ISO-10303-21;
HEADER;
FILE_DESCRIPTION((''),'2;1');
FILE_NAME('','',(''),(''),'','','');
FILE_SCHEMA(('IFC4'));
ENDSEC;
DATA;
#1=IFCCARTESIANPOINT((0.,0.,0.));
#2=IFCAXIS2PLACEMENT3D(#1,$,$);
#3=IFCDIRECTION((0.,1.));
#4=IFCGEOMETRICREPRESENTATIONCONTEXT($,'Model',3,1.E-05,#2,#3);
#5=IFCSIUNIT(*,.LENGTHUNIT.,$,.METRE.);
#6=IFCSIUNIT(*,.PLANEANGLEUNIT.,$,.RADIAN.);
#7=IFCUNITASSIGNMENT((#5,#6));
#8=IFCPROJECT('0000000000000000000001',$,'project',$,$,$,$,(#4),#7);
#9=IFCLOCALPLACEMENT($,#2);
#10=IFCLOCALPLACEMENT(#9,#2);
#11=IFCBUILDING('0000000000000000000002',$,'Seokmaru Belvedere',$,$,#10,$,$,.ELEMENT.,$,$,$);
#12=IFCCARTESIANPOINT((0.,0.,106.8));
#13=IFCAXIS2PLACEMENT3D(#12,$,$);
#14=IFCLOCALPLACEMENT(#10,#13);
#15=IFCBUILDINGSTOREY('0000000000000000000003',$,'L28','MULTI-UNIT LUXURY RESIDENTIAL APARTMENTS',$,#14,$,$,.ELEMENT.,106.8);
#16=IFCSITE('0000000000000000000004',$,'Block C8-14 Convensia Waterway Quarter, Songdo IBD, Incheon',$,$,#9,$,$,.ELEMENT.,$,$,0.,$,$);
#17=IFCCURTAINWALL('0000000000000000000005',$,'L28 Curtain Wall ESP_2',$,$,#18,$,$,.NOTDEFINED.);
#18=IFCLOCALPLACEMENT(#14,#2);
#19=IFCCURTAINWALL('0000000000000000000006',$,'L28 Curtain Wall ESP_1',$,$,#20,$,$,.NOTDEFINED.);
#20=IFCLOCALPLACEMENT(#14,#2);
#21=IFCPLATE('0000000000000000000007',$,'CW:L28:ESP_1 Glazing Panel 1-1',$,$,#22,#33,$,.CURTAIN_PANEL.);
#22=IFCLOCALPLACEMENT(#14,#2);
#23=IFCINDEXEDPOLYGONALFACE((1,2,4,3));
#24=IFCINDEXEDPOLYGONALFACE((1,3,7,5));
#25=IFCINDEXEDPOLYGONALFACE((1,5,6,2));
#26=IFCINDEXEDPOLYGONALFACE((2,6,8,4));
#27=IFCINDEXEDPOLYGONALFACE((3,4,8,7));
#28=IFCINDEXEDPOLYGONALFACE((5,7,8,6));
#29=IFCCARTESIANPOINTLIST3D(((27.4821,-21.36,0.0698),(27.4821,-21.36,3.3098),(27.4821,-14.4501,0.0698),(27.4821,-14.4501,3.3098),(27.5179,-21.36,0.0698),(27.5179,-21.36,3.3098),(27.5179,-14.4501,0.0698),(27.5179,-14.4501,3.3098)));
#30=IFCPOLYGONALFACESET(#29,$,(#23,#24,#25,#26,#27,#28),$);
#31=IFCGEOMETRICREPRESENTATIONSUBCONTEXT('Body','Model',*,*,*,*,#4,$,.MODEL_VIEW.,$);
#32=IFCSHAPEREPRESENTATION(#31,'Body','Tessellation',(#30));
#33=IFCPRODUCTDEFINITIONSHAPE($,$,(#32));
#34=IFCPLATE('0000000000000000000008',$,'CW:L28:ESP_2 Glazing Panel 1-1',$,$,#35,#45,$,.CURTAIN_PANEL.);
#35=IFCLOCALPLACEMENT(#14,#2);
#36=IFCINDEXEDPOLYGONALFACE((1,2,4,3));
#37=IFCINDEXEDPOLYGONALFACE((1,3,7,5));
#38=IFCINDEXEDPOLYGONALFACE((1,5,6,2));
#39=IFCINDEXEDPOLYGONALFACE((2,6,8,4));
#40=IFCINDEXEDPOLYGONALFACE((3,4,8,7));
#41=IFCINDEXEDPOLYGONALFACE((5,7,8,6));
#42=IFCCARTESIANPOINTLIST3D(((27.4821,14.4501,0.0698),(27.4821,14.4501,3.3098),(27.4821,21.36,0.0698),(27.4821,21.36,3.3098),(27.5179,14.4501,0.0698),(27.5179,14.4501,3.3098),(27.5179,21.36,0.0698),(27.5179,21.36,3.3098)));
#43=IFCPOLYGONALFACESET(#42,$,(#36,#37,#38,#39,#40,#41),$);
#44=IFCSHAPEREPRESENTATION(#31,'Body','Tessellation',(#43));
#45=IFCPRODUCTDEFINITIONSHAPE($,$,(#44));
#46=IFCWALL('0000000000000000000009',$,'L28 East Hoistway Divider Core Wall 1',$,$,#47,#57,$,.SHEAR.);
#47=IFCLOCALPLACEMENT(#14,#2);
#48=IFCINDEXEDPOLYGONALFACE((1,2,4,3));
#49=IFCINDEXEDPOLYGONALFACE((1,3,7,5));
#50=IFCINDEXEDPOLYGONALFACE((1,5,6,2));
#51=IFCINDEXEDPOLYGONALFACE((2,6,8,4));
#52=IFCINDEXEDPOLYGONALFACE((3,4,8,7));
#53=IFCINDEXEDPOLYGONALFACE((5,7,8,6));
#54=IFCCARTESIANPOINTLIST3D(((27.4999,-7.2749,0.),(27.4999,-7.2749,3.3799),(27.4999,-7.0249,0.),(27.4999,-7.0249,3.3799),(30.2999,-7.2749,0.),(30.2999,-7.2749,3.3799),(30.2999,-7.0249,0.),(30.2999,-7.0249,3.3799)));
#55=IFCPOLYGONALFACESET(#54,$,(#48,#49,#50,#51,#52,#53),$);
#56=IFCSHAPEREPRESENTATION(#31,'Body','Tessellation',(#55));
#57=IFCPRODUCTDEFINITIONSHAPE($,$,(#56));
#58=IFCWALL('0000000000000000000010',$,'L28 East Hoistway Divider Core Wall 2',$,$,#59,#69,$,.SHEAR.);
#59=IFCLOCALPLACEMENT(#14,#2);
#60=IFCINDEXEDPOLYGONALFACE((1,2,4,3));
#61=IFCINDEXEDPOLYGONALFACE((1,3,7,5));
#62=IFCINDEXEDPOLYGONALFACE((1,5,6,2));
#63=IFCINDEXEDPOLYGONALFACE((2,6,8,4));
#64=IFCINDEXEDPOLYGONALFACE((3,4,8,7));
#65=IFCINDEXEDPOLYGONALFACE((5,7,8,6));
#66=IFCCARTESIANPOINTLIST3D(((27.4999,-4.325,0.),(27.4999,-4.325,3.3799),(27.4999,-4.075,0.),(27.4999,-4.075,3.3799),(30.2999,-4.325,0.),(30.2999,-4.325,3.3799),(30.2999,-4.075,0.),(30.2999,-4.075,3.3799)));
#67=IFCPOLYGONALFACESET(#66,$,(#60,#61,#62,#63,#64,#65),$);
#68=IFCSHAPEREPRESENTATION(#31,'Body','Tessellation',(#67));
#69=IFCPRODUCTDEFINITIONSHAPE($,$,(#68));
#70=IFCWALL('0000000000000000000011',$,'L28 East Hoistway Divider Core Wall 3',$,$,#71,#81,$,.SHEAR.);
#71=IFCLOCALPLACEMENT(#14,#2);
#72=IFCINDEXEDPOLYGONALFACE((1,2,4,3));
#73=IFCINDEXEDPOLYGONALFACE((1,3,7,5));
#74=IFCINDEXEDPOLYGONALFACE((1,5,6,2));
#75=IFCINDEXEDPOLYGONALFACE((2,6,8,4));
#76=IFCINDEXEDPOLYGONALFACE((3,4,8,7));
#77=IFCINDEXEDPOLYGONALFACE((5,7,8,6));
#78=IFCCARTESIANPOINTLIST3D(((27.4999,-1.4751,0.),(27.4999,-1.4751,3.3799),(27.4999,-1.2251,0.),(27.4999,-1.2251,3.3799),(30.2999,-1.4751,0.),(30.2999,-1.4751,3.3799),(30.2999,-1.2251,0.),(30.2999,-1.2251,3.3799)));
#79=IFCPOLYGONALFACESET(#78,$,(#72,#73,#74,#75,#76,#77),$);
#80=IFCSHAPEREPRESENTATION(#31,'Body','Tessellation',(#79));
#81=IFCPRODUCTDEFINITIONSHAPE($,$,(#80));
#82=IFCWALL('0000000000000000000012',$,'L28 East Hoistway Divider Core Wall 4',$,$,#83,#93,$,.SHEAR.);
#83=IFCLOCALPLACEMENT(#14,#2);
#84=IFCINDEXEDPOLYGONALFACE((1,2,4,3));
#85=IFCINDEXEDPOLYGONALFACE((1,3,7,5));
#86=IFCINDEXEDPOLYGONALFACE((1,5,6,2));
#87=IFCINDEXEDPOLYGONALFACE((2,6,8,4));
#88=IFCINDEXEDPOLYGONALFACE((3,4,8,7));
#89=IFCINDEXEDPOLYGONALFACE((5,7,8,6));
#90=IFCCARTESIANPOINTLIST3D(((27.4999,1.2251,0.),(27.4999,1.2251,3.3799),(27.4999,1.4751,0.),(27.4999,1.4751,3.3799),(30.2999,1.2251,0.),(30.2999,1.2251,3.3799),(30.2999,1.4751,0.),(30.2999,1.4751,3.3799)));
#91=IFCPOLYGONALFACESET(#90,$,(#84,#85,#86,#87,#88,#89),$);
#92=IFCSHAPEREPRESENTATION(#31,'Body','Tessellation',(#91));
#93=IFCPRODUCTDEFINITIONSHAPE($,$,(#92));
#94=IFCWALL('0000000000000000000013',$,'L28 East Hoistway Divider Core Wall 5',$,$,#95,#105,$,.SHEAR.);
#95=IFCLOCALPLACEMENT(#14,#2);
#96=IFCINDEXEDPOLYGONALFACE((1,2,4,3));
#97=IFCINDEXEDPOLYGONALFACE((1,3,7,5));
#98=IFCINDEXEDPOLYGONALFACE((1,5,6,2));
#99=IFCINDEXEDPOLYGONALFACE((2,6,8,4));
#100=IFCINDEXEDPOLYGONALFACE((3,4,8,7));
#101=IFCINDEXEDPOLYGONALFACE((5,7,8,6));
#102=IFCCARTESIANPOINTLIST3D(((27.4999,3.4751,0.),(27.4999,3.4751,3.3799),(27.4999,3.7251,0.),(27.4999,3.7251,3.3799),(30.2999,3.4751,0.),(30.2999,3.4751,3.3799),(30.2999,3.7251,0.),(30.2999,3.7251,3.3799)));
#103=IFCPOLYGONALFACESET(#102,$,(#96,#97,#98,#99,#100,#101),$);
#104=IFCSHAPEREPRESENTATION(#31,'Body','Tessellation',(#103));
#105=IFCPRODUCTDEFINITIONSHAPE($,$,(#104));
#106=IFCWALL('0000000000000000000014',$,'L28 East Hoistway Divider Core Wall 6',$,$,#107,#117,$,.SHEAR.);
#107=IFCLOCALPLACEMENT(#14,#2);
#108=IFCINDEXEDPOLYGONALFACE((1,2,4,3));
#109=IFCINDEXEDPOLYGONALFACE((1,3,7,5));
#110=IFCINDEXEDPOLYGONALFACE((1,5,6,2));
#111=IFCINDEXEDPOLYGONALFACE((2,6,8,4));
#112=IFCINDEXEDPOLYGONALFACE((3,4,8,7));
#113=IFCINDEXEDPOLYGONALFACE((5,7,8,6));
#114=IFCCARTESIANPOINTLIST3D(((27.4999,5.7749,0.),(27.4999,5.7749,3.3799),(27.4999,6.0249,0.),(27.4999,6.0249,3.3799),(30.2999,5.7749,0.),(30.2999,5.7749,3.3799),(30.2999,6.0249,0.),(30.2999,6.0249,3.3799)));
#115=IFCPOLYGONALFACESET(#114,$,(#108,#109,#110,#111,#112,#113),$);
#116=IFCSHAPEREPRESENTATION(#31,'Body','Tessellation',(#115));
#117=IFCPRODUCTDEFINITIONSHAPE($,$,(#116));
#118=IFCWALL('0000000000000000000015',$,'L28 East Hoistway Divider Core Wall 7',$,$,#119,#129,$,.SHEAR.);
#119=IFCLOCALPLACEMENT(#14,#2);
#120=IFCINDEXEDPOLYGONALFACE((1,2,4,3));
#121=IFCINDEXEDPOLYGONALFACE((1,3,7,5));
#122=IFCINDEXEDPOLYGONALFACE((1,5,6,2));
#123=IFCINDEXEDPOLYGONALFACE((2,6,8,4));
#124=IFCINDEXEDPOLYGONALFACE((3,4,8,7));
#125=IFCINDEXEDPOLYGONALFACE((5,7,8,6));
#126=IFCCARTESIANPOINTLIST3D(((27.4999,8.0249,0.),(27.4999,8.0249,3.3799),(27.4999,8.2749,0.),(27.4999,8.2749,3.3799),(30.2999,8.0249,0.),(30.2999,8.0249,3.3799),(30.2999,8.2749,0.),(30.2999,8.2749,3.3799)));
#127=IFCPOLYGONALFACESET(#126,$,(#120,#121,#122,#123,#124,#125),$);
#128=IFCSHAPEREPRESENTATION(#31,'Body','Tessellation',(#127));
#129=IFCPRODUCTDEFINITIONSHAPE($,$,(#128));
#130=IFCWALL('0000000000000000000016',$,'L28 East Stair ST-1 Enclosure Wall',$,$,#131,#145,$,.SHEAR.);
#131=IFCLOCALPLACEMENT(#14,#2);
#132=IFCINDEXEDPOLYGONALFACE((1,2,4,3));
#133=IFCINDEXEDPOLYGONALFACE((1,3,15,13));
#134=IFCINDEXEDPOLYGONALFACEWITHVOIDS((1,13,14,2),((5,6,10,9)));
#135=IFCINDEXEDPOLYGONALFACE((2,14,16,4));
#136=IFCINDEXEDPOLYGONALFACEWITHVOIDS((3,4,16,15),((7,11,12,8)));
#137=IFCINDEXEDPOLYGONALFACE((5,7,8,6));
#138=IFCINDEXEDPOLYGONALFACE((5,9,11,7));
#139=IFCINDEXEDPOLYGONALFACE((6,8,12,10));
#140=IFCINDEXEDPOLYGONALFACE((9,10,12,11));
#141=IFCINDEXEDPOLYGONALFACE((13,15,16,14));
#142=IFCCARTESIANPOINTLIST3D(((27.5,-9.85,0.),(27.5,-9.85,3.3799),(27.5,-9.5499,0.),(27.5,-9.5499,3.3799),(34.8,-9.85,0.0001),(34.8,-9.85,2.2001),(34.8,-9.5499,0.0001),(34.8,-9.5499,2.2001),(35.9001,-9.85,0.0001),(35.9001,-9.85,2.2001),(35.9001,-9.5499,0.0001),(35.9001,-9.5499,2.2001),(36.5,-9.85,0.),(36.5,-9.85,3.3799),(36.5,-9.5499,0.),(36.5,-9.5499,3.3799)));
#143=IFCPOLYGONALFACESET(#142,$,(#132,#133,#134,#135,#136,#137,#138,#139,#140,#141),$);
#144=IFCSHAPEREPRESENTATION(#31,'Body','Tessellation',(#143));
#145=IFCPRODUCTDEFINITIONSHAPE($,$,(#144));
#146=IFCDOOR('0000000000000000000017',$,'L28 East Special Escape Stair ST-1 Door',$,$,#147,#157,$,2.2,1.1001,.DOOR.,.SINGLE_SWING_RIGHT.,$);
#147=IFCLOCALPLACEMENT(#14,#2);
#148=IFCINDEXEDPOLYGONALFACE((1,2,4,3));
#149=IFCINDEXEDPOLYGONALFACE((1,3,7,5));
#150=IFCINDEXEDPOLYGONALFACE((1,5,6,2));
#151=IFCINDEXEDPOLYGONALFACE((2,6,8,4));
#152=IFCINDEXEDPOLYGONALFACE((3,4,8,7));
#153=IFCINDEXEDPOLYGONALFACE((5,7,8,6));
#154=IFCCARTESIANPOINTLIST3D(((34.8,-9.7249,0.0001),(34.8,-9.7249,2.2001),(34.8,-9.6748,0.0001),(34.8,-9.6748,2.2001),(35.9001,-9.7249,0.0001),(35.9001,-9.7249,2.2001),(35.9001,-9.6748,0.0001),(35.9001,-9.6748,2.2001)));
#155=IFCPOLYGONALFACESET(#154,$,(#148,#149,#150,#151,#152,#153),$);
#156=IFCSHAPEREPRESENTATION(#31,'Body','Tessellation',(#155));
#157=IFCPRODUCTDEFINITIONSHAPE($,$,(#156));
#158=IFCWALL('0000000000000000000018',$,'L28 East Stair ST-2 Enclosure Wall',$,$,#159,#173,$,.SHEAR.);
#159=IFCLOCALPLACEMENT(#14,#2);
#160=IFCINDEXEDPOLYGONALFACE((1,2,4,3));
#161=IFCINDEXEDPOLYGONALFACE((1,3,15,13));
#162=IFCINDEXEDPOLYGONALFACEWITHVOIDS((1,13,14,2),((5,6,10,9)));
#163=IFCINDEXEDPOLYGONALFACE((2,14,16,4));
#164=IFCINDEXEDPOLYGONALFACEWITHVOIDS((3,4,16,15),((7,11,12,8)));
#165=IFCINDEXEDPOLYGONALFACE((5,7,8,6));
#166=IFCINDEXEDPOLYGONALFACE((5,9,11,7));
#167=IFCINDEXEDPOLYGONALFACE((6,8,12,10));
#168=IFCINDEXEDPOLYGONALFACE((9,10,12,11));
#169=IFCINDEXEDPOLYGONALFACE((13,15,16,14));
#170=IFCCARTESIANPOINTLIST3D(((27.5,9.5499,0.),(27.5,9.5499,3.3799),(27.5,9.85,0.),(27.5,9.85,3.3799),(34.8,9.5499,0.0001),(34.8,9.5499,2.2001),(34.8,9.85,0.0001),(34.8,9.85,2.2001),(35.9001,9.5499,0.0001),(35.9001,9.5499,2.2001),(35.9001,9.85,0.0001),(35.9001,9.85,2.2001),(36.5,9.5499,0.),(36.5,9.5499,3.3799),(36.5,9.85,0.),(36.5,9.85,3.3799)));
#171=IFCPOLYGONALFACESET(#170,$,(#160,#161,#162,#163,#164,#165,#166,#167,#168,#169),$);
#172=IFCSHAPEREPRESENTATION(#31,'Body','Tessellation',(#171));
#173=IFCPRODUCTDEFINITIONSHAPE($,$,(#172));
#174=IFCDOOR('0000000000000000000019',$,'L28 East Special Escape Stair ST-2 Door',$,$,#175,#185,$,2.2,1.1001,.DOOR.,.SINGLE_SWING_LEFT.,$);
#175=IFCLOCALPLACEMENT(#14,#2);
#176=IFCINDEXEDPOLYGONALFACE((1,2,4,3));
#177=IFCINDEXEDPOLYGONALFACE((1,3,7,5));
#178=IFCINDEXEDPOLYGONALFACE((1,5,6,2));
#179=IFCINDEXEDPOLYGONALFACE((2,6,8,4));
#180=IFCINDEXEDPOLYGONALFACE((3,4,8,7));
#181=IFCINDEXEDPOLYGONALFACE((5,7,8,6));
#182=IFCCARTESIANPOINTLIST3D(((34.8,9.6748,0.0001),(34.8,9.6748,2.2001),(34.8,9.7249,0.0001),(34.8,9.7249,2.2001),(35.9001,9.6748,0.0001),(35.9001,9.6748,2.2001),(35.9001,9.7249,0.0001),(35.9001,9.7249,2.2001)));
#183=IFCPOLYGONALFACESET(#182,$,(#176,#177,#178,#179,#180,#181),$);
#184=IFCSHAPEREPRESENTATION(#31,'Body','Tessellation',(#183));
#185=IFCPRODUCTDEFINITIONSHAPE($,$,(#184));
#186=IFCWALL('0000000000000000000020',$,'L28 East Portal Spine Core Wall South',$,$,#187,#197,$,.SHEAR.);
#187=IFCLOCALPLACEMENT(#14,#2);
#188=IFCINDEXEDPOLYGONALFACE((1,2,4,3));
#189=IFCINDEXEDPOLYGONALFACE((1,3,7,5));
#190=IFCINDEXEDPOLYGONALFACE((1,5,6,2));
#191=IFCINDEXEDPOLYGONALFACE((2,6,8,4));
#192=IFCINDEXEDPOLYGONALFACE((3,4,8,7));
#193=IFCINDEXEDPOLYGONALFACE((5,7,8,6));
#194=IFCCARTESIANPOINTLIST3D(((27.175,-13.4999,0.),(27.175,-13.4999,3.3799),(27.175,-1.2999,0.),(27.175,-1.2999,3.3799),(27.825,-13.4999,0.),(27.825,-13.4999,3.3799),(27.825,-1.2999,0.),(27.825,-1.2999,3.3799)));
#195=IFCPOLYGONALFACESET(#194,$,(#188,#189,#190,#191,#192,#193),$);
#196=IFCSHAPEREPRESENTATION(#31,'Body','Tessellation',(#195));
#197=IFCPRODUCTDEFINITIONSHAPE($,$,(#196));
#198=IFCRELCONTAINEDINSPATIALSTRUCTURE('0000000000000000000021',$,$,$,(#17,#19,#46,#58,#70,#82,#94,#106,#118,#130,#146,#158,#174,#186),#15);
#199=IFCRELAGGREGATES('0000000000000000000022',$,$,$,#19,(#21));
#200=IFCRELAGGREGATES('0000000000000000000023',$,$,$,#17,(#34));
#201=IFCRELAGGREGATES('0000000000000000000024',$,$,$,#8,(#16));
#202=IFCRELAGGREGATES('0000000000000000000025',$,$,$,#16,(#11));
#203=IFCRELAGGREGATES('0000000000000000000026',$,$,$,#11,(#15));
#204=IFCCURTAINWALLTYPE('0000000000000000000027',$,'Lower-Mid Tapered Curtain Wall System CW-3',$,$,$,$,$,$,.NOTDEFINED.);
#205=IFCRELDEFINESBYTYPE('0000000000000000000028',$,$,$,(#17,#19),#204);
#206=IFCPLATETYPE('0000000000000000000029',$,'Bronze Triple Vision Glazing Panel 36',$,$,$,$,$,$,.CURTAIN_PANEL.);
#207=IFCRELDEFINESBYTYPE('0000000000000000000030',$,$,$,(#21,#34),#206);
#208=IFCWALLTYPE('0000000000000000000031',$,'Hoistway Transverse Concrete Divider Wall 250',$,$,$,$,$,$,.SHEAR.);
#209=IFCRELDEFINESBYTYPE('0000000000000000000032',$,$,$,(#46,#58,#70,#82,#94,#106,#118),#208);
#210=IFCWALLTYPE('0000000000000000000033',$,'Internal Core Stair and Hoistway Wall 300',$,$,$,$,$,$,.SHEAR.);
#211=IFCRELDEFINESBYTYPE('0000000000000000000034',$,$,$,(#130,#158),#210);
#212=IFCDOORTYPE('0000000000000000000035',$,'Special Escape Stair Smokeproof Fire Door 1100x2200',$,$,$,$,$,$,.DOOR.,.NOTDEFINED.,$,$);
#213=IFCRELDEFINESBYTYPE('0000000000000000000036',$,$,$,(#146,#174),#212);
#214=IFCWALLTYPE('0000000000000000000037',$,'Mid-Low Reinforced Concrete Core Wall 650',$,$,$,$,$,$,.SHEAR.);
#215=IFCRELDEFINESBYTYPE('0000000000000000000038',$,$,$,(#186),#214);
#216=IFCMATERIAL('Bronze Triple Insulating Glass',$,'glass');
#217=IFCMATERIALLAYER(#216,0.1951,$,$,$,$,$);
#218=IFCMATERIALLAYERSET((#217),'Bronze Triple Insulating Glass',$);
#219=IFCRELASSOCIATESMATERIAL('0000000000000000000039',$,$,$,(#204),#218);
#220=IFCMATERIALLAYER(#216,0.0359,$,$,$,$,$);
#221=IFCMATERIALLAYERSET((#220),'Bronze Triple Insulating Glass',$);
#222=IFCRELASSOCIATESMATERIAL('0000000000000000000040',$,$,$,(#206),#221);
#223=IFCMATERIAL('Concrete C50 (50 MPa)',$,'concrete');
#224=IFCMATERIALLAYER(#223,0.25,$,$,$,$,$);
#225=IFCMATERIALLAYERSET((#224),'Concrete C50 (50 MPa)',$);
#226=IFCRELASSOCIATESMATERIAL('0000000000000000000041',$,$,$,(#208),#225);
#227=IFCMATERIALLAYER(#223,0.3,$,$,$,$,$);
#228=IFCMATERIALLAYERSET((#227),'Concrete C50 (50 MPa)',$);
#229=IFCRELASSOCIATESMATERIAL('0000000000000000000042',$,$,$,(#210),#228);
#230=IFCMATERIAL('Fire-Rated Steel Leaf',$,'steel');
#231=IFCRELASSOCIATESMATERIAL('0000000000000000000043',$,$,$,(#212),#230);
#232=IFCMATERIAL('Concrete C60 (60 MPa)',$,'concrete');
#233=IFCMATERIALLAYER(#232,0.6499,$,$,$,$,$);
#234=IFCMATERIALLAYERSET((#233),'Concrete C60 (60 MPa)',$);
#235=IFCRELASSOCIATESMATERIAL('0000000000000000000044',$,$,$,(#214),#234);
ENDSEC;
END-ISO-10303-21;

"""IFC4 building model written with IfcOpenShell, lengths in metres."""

from ifc_helpers import new_model, si_unit, direction, frame, frame_2d, origin, origin_2d, place, context, subcontext, project, spatial, rectangle, extrude, source, transform, mapped, material, layer, layer_set, type_object, type_shapes, element, fill, aggregate, save


model = new_model("IFC4")

# Units and contexts
model_context = context("Model", 3, precision=1e-05, world=origin(), true_north=direction((0.0, 1.0)))
body_context = subcontext(model_context, "Body", "Model", "MODEL_VIEW")
ifc_project = project(units=[si_unit("LENGTHUNIT", "METRE"), si_unit("PLANEANGLEUNIT", "RADIAN")], contexts=[model_context])

# Site, building, storey
site_placement = place(None, origin())
site = spatial("IfcSite", under=ifc_project, at=site_placement, Name="Block C8-14 Convensia Waterway Quarter, Songdo IBD, Incheon", CompositionType="ELEMENT", RefElevation=0.0)
building_placement = place(site_placement, origin())
building = spatial("IfcBuilding", under=site, at=building_placement, Name="Seokmaru Belvedere", CompositionType="ELEMENT")
storey_placement = place(building_placement, frame((0.0, 0.0, 106.8)))
storey = spatial("IfcBuildingStorey", under=building, at=storey_placement, Name="L28", Description="MULTI-UNIT LUXURY RESIDENTIAL APARTMENTS", CompositionType="ELEMENT", Elevation=106.8)

# Shared definitions
ifc_material_1 = material(Name="Bronze Triple Insulating Glass", Category="glass")
ifc_layer_1 = layer(ifc_material_1, 0.1951)
ifc_layer_set_1 = layer_set([ifc_layer_1], Name="Bronze Triple Insulating Glass")
curtain_wall_type = type_object("IfcCurtainWallType", Name="Lower-Mid Tapered Curtain Wall System CW-3", PredefinedType="NOTDEFINED", material=ifc_layer_set_1)

# Curtain wall
curtain_wall_1_placement = place(storey_placement, origin())
curtain_wall_1 = element("IfcCurtainWall", 1, at=curtain_wall_1_placement, inside=storey, type_object=curtain_wall_type, Name="L28 Curtain Wall ESP_2", PredefinedType="NOTDEFINED")

# Curtain wall
curtain_wall_2_placement = place(storey_placement, origin())
curtain_wall_2 = element("IfcCurtainWall", 2, at=curtain_wall_2_placement, inside=storey, type_object=curtain_wall_type, Name="L28 Curtain Wall ESP_1", PredefinedType="NOTDEFINED")

# Plates
ifc_layer_2 = layer(ifc_material_1, 0.0359)
ifc_layer_set_2 = layer_set([ifc_layer_2], Name="Bronze Triple Insulating Glass")
plate_type = type_object("IfcPlateType", Name="Bronze Triple Vision Glazing Panel 36", PredefinedType="CURTAIN_PANEL", material=ifc_layer_set_2)
shared_shape_1 = source(origin(), body_context, "Body", "SweptSolid", [
    extrude(rectangle(XDim=6.9099, YDim=0.0359, at=origin_2d()), origin(), (0.0, 0.0, 1.0), 3.24),
])
type_shapes(plate_type, [shared_shape_1])
plate_1_placement = place(storey_placement, frame((27.5, -17.905, 0.0698), z_axis=(0.0, 0.0, 1.0), x_axis=(0.0, -1.0, 0.0)))
plate_1 = element("IfcPlate", 3, at=plate_1_placement, type_object=plate_type, Name="CW:L28:ESP_1 Glazing Panel 1-1", PredefinedType="CURTAIN_PANEL", context=body_context, shape_type="MappedRepresentation", body=[
    mapped(shared_shape_1, transform((0.0, 0.0, 0.0), scale=1.0)),
])
aggregate(curtain_wall_2, [plate_1])
plate_2_placement = place(storey_placement, frame((27.5, 17.905, 0.0698), z_axis=(0.0, 0.0, 1.0), x_axis=(0.0, -1.0, 0.0)))
plate_2 = element("IfcPlate", 4, at=plate_2_placement, type_object=plate_type, Name="CW:L28:ESP_2 Glazing Panel 1-1", PredefinedType="CURTAIN_PANEL", context=body_context, shape_type="MappedRepresentation", body=[
    mapped(shared_shape_1, transform((0.0, 0.0, 0.0), scale=1.0)),
])
aggregate(curtain_wall_1, [plate_2])

# Walls
ifc_material_2 = material(Name="Concrete C50 (50 MPa)", Category="concrete")
ifc_layer_3 = layer(ifc_material_2, 0.25)
ifc_layer_set_3 = layer_set([ifc_layer_3], Name="Concrete C50 (50 MPa)")
wall_type_1 = type_object("IfcWallType", Name="Hoistway Transverse Concrete Divider Wall 250", PredefinedType="SHEAR", material=ifc_layer_set_3)
for number, where, z_axis, x_axis, name in (
    (5, (27.5, -7.1499, 0.0), (0.0, 0.0, 1.0), (1.0, 0.0, 0.0), "L28 East Hoistway Divider Core Wall 1"),
    (6, (27.5, -4.2, 0.0), (0.0, 0.0, 1.0), (1.0, 0.0, 0.0), "L28 East Hoistway Divider Core Wall 2"),
    (7, (27.5, -1.3501, 0.0), (0.0, 0.0, 1.0), (1.0, 0.0, 0.0), "L28 East Hoistway Divider Core Wall 3"),
    (8, (27.5, 1.3501, 0.0), (0.0, 0.0, 1.0), (1.0, 0.0, 0.0), "L28 East Hoistway Divider Core Wall 4"),
    (9, (27.5, 3.6001, 0.0), (0.0, 0.0, 1.0), (1.0, 0.0, 0.0), "L28 East Hoistway Divider Core Wall 5"),
    (10, (27.5, 5.8999, 0.0), (0.0, 0.0, 1.0), (1.0, 0.0, 0.0), "L28 East Hoistway Divider Core Wall 6"),
    (11, (27.5, 8.1499, 0.0), (0.0, 0.0, 1.0), (1.0, 0.0, 0.0), "L28 East Hoistway Divider Core Wall 7"),
):
    element("IfcWall", number, at=place(storey_placement, frame(where, z_axis=z_axis, x_axis=x_axis)), inside=storey, type_object=wall_type_1, Name=name, PredefinedType="SHEAR", context=body_context, shape_type="SweptSolid", body=[
        extrude(rectangle(XDim=2.8, YDim=0.25, at=frame_2d((1.3999, 0.0))), origin(), (0.0, 0.0, 1.0), 3.3799),
    ])

# Walls, openings, doors
ifc_layer_4 = layer(ifc_material_2, 0.3)
ifc_layer_set_4 = layer_set([ifc_layer_4], Name="Concrete C50 (50 MPa)")
wall_type_2 = type_object("IfcWallType", Name="Internal Core Stair and Hoistway Wall 300", PredefinedType="SHEAR", material=ifc_layer_set_4)
wall_1_placement = place(storey_placement, frame((27.5, -9.7, 0.0), z_axis=(0.0, 0.0, 1.0), x_axis=(1.0, 0.0, 0.0)))
wall_1 = element("IfcWall", 12, at=wall_1_placement, inside=storey, type_object=wall_type_2, Name="L28 East Stair ST-1 Enclosure Wall", PredefinedType="SHEAR", context=body_context, shape_type="SweptSolid", body=[
    extrude(rectangle(XDim=9.0, YDim=0.3, at=frame_2d((4.5, 0.0))), origin(), (0.0, 0.0, 1.0), 3.3799),
])
opening_1_placement = place(wall_1_placement, frame((7.3, 0.0, 0.0)))
opening_1 = element("IfcOpeningElement", 13, at=opening_1_placement, cuts=wall_1, PredefinedType="OPENING", context=body_context, shape_type="SweptSolid", body=[
    extrude(rectangle(XDim=1.1001, YDim=2.2, at=frame_2d((0.55, 1.1001))), frame((0.0, 0.1602, 0.0), z_axis=(0.0, -1.0, 0.0), x_axis=(1.0, 0.0, 0.0)), (0.0, 0.0, 1.0), 0.3201),
])
ifc_material_3 = material(Name="Fire-Rated Steel Leaf", Category="steel")
door_type = type_object("IfcDoorType", Name="Special Escape Stair Smokeproof Fire Door 1100x2200", OperationType="NOTDEFINED", PredefinedType="DOOR", material=ifc_material_3)
shared_shape_2 = source(origin(), body_context, "Body", "SweptSolid", [
    extrude(rectangle(XDim=1.1001, YDim=2.2, at=frame_2d((0.55, 1.1001))), frame((0.0, 0.0249, 0.0), z_axis=(0.0, -1.0, 0.0), x_axis=(1.0, 0.0, 0.0)), (0.0, 0.0, 1.0), 0.05),
])
type_shapes(door_type, [shared_shape_2])
door_1_placement = place(opening_1_placement, frame((1.1001, 0.0, 0.0), z_axis=(0.0, 0.0, 1.0), x_axis=(-1.0, 0.0, 0.0)))
door_1 = element("IfcDoor", 14, at=door_1_placement, inside=storey, type_object=door_type, Name="L28 East Special Escape Stair ST-1 Door", OperationType="SINGLE_SWING_RIGHT", OverallHeight=2.2, OverallWidth=1.1001, PredefinedType="DOOR", context=body_context, shape_type="MappedRepresentation", body=[
    mapped(shared_shape_2, transform((0.0, 0.0, 0.0), scale=1.0)),
])
fill(opening_1, door_1)
wall_2_placement = place(storey_placement, frame((27.5, 9.7, 0.0), z_axis=(0.0, 0.0, 1.0), x_axis=(1.0, 0.0, 0.0)))
wall_2 = element("IfcWall", 15, at=wall_2_placement, inside=storey, type_object=wall_type_2, Name="L28 East Stair ST-2 Enclosure Wall", PredefinedType="SHEAR", context=body_context, shape_type="SweptSolid", body=[
    extrude(rectangle(XDim=9.0, YDim=0.3, at=frame_2d((4.5, 0.0))), origin(), (0.0, 0.0, 1.0), 3.3799),
])
opening_2_placement = place(wall_2_placement, frame((7.3, 0.0, 0.0)))
opening_2 = element("IfcOpeningElement", 16, at=opening_2_placement, cuts=wall_2, PredefinedType="OPENING", context=body_context, shape_type="SweptSolid", body=[
    extrude(rectangle(XDim=1.1001, YDim=2.2, at=frame_2d((0.55, 1.1001))), frame((0.0, 0.1602, 0.0), z_axis=(0.0, -1.0, 0.0), x_axis=(1.0, 0.0, 0.0)), (0.0, 0.0, 1.0), 0.3201),
])
door_2_placement = place(opening_2_placement, origin())
door_2 = element("IfcDoor", 17, at=door_2_placement, inside=storey, type_object=door_type, Name="L28 East Special Escape Stair ST-2 Door", OperationType="SINGLE_SWING_LEFT", OverallHeight=2.2, OverallWidth=1.1001, PredefinedType="DOOR", context=body_context, shape_type="MappedRepresentation", body=[
    mapped(shared_shape_2, transform((0.0, 0.0, 0.0), scale=1.0)),
])
fill(opening_2, door_2)

# Wall
ifc_material_4 = material(Name="Concrete C60 (60 MPa)", Category="concrete")
ifc_layer_5 = layer(ifc_material_4, 0.6499)
ifc_layer_set_5 = layer_set([ifc_layer_5], Name="Concrete C60 (60 MPa)")
wall_type_3 = type_object("IfcWallType", Name="Mid-Low Reinforced Concrete Core Wall 650", PredefinedType="SHEAR", material=ifc_layer_set_5)
for number, where, z_axis, x_axis, name in (
    (18, (27.5, -13.5, 0.0), (0.0, 0.0, 1.0), (0.0, 1.0, 0.0), "L28 East Portal Spine Core Wall South"),
):
    element("IfcWall", number, at=place(storey_placement, frame(where, z_axis=z_axis, x_axis=x_axis)), inside=storey, type_object=wall_type_3, Name=name, PredefinedType="SHEAR", context=body_context, shape_type="SweptSolid", body=[
        extrude(rectangle(XDim=12.2, YDim=0.6499, at=frame_2d((6.1001, 0.0))), origin(), (0.0, 0.0, 1.0), 3.3799),
    ])

save(model, "model.ifc")
